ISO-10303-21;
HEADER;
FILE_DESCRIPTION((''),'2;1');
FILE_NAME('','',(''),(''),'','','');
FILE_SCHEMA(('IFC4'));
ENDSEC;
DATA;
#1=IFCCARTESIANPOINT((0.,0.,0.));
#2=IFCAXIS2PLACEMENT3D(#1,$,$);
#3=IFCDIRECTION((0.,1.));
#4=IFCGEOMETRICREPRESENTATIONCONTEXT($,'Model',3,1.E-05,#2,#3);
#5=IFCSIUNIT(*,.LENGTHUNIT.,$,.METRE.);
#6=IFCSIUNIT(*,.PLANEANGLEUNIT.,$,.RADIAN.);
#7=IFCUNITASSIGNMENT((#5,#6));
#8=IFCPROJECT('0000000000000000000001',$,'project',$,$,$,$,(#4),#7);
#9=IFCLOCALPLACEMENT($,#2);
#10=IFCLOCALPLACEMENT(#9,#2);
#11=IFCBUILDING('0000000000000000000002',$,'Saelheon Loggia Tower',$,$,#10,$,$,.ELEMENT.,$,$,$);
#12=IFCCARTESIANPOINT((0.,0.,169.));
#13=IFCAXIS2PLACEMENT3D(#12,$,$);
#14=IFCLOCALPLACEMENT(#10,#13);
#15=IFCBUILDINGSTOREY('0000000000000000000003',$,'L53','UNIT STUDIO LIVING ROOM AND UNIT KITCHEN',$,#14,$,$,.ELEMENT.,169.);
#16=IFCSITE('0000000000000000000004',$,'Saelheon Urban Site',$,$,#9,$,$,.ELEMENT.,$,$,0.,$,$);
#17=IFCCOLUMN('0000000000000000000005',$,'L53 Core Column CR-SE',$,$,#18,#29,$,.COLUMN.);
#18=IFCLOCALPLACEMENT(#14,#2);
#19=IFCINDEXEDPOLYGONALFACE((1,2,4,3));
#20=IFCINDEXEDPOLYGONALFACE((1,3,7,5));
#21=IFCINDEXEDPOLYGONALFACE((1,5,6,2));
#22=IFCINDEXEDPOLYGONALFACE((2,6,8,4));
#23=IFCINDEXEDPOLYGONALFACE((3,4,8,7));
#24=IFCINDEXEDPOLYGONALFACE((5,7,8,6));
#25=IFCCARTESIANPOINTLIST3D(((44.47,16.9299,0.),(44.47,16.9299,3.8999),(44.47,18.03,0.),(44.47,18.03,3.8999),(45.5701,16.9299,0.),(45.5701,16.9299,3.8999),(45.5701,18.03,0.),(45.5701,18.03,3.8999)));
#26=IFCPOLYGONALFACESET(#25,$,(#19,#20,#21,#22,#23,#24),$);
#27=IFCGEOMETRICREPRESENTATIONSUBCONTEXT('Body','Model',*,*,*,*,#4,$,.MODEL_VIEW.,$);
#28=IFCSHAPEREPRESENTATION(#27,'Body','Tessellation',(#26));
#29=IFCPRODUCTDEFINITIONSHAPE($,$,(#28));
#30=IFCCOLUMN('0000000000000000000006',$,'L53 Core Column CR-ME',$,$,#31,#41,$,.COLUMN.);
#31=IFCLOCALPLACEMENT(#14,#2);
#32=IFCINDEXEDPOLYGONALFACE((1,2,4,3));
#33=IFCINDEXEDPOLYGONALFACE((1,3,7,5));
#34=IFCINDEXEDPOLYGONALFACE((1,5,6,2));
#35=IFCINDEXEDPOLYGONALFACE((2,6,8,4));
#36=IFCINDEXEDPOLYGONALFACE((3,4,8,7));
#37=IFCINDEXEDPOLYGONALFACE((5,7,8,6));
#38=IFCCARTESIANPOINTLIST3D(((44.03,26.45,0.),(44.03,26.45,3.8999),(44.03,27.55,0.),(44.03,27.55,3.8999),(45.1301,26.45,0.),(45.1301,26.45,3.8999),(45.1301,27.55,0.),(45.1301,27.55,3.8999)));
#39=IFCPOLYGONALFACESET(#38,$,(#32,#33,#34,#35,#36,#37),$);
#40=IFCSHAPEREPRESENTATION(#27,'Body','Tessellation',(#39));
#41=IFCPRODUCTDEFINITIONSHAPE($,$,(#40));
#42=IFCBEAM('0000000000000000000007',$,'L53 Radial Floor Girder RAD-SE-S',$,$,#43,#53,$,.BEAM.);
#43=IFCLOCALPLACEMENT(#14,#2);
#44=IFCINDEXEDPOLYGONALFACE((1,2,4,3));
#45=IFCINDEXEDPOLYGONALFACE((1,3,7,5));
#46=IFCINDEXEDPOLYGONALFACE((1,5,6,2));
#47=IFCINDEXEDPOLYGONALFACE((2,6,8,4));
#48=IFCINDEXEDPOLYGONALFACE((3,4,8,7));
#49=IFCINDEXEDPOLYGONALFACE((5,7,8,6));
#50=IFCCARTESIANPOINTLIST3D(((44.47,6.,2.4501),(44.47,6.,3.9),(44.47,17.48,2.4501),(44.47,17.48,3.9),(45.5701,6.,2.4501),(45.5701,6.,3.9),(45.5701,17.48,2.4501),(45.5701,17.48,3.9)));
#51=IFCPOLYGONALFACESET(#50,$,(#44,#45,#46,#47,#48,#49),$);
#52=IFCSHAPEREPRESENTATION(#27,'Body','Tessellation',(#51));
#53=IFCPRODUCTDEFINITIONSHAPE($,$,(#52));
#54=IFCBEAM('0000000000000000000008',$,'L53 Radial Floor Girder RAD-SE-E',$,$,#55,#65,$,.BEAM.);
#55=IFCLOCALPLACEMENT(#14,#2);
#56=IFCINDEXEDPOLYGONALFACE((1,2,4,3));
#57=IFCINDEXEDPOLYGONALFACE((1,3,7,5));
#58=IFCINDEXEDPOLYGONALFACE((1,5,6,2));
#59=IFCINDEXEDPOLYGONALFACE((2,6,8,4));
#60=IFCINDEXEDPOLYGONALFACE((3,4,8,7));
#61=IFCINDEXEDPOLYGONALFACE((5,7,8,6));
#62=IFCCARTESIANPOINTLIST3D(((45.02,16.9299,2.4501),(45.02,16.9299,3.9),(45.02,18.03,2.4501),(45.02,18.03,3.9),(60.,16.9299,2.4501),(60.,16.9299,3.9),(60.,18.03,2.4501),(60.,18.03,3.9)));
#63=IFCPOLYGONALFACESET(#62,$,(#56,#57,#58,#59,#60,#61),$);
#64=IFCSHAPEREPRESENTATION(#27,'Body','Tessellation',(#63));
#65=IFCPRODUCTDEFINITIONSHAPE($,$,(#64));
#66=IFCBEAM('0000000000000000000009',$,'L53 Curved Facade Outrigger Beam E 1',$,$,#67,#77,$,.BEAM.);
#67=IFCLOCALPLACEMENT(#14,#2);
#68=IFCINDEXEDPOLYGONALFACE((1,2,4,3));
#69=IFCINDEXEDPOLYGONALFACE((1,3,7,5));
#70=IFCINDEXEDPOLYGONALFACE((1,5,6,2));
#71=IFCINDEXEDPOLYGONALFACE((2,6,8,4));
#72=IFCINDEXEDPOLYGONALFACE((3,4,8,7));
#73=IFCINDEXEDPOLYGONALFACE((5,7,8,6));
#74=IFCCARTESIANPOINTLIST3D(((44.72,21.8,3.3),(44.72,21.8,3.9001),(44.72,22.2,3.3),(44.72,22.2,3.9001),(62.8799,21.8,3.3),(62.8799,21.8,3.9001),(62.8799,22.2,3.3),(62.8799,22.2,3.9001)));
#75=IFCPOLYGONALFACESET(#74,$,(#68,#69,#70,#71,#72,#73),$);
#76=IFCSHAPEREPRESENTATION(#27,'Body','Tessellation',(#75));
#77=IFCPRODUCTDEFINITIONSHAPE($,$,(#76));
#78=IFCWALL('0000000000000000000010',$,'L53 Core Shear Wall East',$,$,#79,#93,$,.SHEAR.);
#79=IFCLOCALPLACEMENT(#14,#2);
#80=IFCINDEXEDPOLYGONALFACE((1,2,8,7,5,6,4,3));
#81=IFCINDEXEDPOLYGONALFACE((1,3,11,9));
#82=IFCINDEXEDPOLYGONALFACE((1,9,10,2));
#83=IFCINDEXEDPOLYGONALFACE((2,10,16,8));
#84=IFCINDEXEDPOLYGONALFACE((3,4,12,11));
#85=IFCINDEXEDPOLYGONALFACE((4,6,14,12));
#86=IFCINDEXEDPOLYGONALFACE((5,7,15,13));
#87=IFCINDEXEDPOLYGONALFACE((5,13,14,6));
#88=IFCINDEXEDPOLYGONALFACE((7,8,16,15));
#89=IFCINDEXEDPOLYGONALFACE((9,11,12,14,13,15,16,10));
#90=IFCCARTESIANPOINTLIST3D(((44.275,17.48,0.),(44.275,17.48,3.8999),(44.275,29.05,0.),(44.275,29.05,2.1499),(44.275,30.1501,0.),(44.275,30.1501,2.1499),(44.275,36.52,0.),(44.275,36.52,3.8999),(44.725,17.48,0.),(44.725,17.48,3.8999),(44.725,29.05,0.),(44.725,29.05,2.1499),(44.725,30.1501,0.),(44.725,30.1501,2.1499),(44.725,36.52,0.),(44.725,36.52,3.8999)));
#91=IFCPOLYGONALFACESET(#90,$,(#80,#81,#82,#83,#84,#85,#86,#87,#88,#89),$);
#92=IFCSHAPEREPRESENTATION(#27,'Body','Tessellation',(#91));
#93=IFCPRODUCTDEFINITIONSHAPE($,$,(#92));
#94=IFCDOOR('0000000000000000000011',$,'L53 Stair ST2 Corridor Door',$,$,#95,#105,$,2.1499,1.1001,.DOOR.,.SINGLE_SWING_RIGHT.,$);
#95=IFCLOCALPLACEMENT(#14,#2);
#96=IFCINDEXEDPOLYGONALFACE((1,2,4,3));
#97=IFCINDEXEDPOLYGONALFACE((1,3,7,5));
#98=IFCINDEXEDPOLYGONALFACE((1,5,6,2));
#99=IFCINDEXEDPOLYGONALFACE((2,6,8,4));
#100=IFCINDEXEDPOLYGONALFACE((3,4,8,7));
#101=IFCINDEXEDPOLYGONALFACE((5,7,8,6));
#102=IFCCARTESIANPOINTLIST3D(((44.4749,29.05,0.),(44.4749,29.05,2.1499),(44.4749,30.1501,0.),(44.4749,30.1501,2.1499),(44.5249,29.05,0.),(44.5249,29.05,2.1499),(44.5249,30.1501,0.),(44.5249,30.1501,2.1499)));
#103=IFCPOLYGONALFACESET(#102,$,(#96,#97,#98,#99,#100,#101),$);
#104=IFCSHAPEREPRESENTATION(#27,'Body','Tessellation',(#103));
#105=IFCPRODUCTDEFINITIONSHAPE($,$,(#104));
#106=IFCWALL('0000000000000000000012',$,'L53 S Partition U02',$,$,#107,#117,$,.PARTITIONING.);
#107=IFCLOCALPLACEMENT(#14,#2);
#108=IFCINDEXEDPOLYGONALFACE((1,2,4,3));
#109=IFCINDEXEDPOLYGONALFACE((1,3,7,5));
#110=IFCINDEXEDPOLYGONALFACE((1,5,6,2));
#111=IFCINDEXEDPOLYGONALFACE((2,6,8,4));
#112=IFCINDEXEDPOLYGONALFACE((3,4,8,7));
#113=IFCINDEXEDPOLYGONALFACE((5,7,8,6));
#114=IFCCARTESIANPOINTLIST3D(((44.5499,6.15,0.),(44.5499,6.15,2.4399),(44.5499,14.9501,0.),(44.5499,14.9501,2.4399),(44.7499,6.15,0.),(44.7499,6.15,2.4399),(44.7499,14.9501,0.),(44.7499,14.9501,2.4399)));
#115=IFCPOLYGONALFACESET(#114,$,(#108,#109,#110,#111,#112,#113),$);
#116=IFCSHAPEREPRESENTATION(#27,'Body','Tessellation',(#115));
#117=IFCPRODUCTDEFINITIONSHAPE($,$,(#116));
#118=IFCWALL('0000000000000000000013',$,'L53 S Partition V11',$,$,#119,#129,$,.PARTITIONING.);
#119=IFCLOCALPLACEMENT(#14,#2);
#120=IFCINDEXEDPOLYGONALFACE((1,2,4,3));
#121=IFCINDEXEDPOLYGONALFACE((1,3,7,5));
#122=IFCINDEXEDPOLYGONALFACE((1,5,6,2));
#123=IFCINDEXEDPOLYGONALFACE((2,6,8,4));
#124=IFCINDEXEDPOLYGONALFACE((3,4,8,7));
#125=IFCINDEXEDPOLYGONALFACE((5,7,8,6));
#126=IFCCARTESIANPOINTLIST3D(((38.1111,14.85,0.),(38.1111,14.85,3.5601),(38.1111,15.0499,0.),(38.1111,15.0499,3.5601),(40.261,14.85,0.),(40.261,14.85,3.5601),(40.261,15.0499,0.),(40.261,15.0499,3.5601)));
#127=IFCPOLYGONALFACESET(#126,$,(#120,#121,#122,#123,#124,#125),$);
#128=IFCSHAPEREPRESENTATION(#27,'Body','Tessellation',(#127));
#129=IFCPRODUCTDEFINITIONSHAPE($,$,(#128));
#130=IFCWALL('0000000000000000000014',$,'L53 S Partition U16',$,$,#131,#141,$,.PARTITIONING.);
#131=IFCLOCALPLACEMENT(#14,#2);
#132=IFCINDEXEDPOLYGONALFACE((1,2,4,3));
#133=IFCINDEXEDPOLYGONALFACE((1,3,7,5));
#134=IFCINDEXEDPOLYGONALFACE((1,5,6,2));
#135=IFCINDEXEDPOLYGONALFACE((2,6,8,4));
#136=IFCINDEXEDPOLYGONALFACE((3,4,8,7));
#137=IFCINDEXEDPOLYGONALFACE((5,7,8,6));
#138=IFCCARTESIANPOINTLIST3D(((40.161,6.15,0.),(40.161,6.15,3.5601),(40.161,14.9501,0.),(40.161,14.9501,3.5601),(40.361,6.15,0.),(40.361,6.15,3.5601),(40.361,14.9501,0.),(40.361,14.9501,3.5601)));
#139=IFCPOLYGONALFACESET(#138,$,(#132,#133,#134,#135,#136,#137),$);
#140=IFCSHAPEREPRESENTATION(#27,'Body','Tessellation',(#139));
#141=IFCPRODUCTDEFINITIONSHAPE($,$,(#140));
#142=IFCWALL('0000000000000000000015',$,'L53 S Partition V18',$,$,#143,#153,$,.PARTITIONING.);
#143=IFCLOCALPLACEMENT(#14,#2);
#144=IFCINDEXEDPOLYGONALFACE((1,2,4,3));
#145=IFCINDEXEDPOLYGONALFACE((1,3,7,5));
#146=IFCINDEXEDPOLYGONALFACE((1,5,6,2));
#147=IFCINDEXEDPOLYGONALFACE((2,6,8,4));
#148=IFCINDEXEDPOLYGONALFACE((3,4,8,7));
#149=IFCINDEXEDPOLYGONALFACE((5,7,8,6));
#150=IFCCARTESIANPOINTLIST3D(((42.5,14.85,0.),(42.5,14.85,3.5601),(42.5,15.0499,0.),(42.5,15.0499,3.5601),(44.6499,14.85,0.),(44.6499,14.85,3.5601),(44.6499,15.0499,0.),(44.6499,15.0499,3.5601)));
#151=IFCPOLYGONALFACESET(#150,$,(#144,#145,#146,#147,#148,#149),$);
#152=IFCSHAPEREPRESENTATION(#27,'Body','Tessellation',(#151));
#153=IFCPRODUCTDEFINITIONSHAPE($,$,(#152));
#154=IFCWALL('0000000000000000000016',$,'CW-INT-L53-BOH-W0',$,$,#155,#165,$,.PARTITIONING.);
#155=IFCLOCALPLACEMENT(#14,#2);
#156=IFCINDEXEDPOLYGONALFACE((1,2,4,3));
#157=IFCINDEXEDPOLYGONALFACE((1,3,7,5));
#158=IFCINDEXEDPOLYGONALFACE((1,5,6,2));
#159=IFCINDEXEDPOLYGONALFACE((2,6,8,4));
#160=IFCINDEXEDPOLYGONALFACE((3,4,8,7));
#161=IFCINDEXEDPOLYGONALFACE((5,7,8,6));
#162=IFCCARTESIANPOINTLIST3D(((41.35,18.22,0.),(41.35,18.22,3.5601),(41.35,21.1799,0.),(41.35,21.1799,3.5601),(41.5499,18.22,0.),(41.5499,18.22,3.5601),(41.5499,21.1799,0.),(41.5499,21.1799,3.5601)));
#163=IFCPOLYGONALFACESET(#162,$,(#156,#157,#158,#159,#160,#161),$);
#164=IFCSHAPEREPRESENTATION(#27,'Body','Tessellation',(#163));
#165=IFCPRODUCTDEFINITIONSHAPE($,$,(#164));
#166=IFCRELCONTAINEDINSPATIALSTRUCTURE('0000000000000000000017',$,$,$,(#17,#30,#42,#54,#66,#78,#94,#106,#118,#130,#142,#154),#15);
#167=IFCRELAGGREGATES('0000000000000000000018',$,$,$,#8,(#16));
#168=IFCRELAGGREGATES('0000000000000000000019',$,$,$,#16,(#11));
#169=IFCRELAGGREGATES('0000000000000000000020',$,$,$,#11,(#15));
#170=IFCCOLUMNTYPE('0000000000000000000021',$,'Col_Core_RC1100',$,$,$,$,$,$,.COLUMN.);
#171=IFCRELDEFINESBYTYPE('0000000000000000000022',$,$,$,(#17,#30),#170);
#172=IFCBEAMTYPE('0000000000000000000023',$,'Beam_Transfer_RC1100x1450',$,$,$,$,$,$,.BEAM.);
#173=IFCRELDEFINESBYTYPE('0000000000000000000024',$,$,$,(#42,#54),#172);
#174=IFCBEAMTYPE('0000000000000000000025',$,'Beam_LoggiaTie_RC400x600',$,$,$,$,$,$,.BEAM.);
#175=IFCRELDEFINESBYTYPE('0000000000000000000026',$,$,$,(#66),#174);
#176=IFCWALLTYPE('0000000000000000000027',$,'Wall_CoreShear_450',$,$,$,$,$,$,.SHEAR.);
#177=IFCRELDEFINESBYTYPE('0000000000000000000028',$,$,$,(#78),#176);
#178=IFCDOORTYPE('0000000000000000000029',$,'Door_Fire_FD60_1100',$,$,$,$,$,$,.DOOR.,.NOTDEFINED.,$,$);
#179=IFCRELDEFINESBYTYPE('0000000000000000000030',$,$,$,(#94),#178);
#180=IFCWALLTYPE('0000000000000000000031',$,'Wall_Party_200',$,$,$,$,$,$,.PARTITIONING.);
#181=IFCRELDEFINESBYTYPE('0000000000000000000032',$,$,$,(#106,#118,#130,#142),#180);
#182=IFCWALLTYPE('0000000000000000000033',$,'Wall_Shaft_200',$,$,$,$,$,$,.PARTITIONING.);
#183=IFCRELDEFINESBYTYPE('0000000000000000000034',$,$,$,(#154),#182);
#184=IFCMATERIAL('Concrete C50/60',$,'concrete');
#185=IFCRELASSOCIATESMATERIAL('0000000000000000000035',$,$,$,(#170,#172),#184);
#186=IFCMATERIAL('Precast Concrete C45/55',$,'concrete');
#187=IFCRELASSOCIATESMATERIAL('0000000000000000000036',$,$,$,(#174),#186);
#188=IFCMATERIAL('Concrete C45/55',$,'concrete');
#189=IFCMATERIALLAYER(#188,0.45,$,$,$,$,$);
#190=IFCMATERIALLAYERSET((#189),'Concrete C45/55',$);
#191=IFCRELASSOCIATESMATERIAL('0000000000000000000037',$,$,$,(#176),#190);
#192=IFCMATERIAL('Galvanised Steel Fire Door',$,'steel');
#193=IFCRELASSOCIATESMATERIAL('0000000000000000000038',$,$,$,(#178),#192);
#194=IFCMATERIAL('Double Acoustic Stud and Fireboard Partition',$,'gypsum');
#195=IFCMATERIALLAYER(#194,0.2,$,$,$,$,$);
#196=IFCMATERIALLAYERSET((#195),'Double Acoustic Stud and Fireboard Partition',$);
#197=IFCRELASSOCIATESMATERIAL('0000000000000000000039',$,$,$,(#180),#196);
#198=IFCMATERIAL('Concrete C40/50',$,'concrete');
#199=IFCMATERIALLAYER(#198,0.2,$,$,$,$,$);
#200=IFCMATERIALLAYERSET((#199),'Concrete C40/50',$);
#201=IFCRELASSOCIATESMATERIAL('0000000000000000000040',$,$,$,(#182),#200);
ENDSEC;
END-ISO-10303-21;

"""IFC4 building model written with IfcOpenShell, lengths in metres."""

from ifc_helpers import new_model, si_unit, direction, frame, frame_2d, origin, origin_2d, place, context, subcontext, project, spatial, rectangle, extrude, source, transform, mapped, material, layer, layer_set, material_profile, profile_set, type_object, element, fill, save


model = new_model("IFC4")

# Units and contexts
model_context = context("Model", 3, precision=1e-05, world=origin(), true_north=direction((0.0, 1.0)))
body_context = subcontext(model_context, "Body", "Model", "MODEL_VIEW")
ifc_project = project(units=[si_unit("LENGTHUNIT", "METRE"), si_unit("PLANEANGLEUNIT", "RADIAN")], contexts=[model_context])

# Site, building, storey
site_placement = place(None, origin())
site = spatial("IfcSite", under=ifc_project, at=site_placement, Name="Saelheon Urban Site", CompositionType="ELEMENT", RefElevation=0.0)
building_placement = place(site_placement, origin())
building = spatial("IfcBuilding", under=site, at=building_placement, Name="Saelheon Loggia Tower", CompositionType="ELEMENT")
storey_placement = place(building_placement, frame((0.0, 0.0, 169.0)))
storey = spatial("IfcBuildingStorey", under=building, at=storey_placement, Name="L53", Description="UNIT STUDIO LIVING ROOM AND UNIT KITCHEN", CompositionType="ELEMENT", Elevation=169.0)

# Columns
ifc_material_1 = material(Name="Concrete C50/60", Category="concrete")
ifc_material_profile_1 = material_profile(ifc_material_1, rectangle(XDim=1.1001, YDim=1.1001, at=origin_2d()), Name="RC-1100x1100")
ifc_profile_set_1 = profile_set([ifc_material_profile_1], Name="Concrete C50/60")
column_type = type_object("IfcColumnType", Name="Col_Core_RC1100", PredefinedType="COLUMN", material=ifc_profile_set_1)
shared_shape_1 = source(origin(), body_context, "Body", "SweptSolid", [
    extrude(rectangle(XDim=1.1001, YDim=1.1001, at=origin_2d()), origin(), (0.0, 0.0, 1.0), 3.8999),
])
for number, where, z_axis, x_axis, name in (
    (1, (45.02, 17.48, 0.0), (0.0, 0.0, 1.0), (1.0, 0.0, 0.0), "L53 Core Column CR-SE"),
    (2, (44.5801, 27.0, 0.0), (0.0, 0.0, 1.0), (1.0, 0.0, 0.0), "L53 Core Column CR-ME"),
):
    element("IfcColumn", number, at=place(storey_placement, frame(where, z_axis=z_axis, x_axis=x_axis)), inside=storey, type_object=column_type, Name=name, PredefinedType="COLUMN", context=body_context, shape_type="MappedRepresentation", body=[
        mapped(shared_shape_1, transform((0.0, 0.0, 0.0), scale=1.0)),
    ])

# Beams
ifc_material_profile_2 = material_profile(ifc_material_1, rectangle(XDim=1.1001, YDim=1.45, at=origin_2d()), Name="RC-1100x1450")
ifc_profile_set_2 = profile_set([ifc_material_profile_2], Name="Concrete C50/60")
beam_type_1 = type_object("IfcBeamType", Name="Beam_Transfer_RC1100x1450", PredefinedType="BEAM", material=ifc_profile_set_2)
shared_shape_2 = source(origin(), body_context, "Body", "SweptSolid", [
    extrude(rectangle(XDim=1.1001, YDim=1.45, at=origin_2d()), origin(), (0.0, 0.0, 1.0), 11.48),
])
beam_1_placement = place(storey_placement, frame((45.02, 17.48, 3.175), z_axis=(0.0, -1.0, 0.0), x_axis=(1.0, 0.0, 0.0)))
element("IfcBeam", 3, at=beam_1_placement, inside=storey, type_object=beam_type_1, Name="L53 Radial Floor Girder RAD-SE-S", PredefinedType="BEAM", context=body_context, shape_type="MappedRepresentation", body=[
    mapped(shared_shape_2, transform((0.0, 0.0, 0.0), scale=1.0)),
])
shared_shape_3 = source(origin(), body_context, "Body", "SweptSolid", [
    extrude(rectangle(XDim=1.1001, YDim=1.45, at=origin_2d()), origin(), (0.0, 0.0, 1.0), 14.98),
])
beam_2_placement = place(storey_placement, frame((45.02, 17.48, 3.175), z_axis=(1.0, 0.0, 0.0), x_axis=(0.0, 1.0, 0.0)))
element("IfcBeam", 4, at=beam_2_placement, inside=storey, type_object=beam_type_1, Name="L53 Radial Floor Girder RAD-SE-E", PredefinedType="BEAM", context=body_context, shape_type="MappedRepresentation", body=[
    mapped(shared_shape_3, transform((0.0, 0.0, 0.0), scale=1.0)),
])
ifc_material_2 = material(Name="Precast Concrete C45/55", Category="concrete")
ifc_material_profile_3 = material_profile(ifc_material_2, rectangle(XDim=0.3999, YDim=0.6001, at=origin_2d()), Name="RC-400x600")
ifc_profile_set_3 = profile_set([ifc_material_profile_3], Name="Precast Concrete C45/55")
beam_type_2 = type_object("IfcBeamType", Name="Beam_LoggiaTie_RC400x600", PredefinedType="BEAM", material=ifc_profile_set_3)
shared_shape_4 = source(origin(), body_context, "Body", "SweptSolid", [
    extrude(rectangle(XDim=0.3999, YDim=0.6001, at=origin_2d()), origin(), (0.0, 0.0, 1.0), 18.1599),
])
beam_3_placement = place(storey_placement, frame((44.72, 22.0, 3.6001), z_axis=(1.0, 0.0, 0.0), x_axis=(0.0, 1.0, 0.0)))
element("IfcBeam", 5, at=beam_3_placement, inside=storey, type_object=beam_type_2, Name="L53 Curved Facade Outrigger Beam E 1", PredefinedType="BEAM", context=body_context, shape_type="MappedRepresentation", body=[
    mapped(shared_shape_4, transform((0.0, 0.0, 0.0), scale=1.0)),
])

# Wall, opening, door
ifc_material_3 = material(Name="Concrete C45/55", Category="concrete")
ifc_layer_1 = layer(ifc_material_3, 0.45)
ifc_layer_set_1 = layer_set([ifc_layer_1], Name="Concrete C45/55")
wall_type_1 = type_object("IfcWallType", Name="Wall_CoreShear_450", PredefinedType="SHEAR", material=ifc_layer_set_1)
wall_1_placement = place(storey_placement, frame((44.5, 17.48, 0.0), z_axis=(0.0, 0.0, 1.0), x_axis=(0.0, 1.0, 0.0)))
wall_1 = element("IfcWall", 6, at=wall_1_placement, inside=storey, type_object=wall_type_1, Name="L53 Core Shear Wall East", PredefinedType="SHEAR", context=body_context, shape_type="SweptSolid", body=[
    extrude(rectangle(XDim=19.04, YDim=0.45, at=frame_2d((9.52, 0.0))), origin(), (0.0, 0.0, 1.0), 3.8999),
])
opening_1_placement = place(wall_1_placement, frame((12.6702, 0.0, 0.0), z_axis=(0.0, 0.0, 1.0), x_axis=(-1.0, 0.0, 0.0)))
opening_1 = element("IfcOpeningElement", 7, at=opening_1_placement, cuts=wall_1, PredefinedType="OPENING", context=body_context, shape_type="SweptSolid", body=[
    extrude(rectangle(XDim=1.1001, YDim=2.1499, at=frame_2d((0.55, 1.075))), frame((0.0, 0.2371, 0.0), z_axis=(0.0, -1.0, 0.0), x_axis=(1.0, 0.0, 0.0)), (0.0, 0.0, 1.0), 0.4739),
])
ifc_material_4 = material(Name="Galvanised Steel Fire Door", Category="steel")
door_type_1 = type_object("IfcDoorType", Name="Door_Fire_FD60_1100", OperationType="NOTDEFINED", PredefinedType="DOOR", material=ifc_material_4)
shared_shape_5 = source(origin(), body_context, "Body", "SweptSolid", [
    extrude(rectangle(XDim=1.1001, YDim=2.1499, at=frame_2d((0.55, 1.075))), frame((0.0, 0.0249, 0.0), z_axis=(0.0, -1.0, 0.0), x_axis=(1.0, 0.0, 0.0)), (0.0, 0.0, 1.0), 0.05),
])
door_1_placement = place(opening_1_placement, origin())
door_1 = element("IfcDoor", 8, at=door_1_placement, inside=storey, type_object=door_type_1, Name="L53 Stair ST2 Corridor Door", OperationType="SINGLE_SWING_RIGHT", OverallHeight=2.1499, OverallWidth=1.1001, PredefinedType="DOOR", context=body_context, shape_type="MappedRepresentation", body=[
    mapped(shared_shape_5, transform((0.0, 0.0, 0.0), scale=1.0)),
])
fill(opening_1, door_1)

# Walls
ifc_material_5 = material(Name="Double Acoustic Stud and Fireboard Partition", Category="gypsum")
ifc_layer_2 = layer(ifc_material_5, 0.2)
ifc_layer_set_2 = layer_set([ifc_layer_2], Name="Double Acoustic Stud and Fireboard Partition")
wall_type_2 = type_object("IfcWallType", Name="Wall_Party_200", PredefinedType="PARTITIONING", material=ifc_layer_set_2)
wall_2_placement = place(storey_placement, frame((44.6499, 14.95, 0.0), z_axis=(0.0, 0.0, 1.0), x_axis=(0.0, -1.0, 0.0)))
element("IfcWall", 9, at=wall_2_placement, inside=storey, type_object=wall_type_2, Name="L53 S Partition U02", PredefinedType="PARTITIONING", context=body_context, shape_type="SweptSolid", body=[
    extrude(rectangle(XDim=8.8, YDim=0.2, at=frame_2d((4.3999, 0.0))), origin(), (0.0, 0.0, 1.0), 2.4399),
])
wall_3_placement = place(storey_placement, frame((38.1111, 14.95, 0.0), z_axis=(0.0, 0.0, 1.0), x_axis=(1.0, 0.0, 0.0)))
element("IfcWall", 10, at=wall_3_placement, inside=storey, type_object=wall_type_2, Name="L53 S Partition V11", PredefinedType="PARTITIONING", context=body_context, shape_type="SweptSolid", body=[
    extrude(rectangle(XDim=2.1499, YDim=0.2, at=frame_2d((1.075, 0.0))), origin(), (0.0, 0.0, 1.0), 3.5601),
])
wall_4_placement = place(storey_placement, frame((40.261, 14.95, 0.0), z_axis=(0.0, 0.0, 1.0), x_axis=(0.0, -1.0, 0.0)))
element("IfcWall", 11, at=wall_4_placement, inside=storey, type_object=wall_type_2, Name="L53 S Partition U16", PredefinedType="PARTITIONING", context=body_context, shape_type="SweptSolid", body=[
    extrude(rectangle(XDim=8.8, YDim=0.2, at=frame_2d((4.3999, 0.0))), origin(), (0.0, 0.0, 1.0), 3.5601),
])

# Walls
wall_5_placement = place(storey_placement, frame((42.5, 14.95, 0.0), z_axis=(0.0, 0.0, 1.0), x_axis=(1.0, 0.0, 0.0)))
element("IfcWall", 12, at=wall_5_placement, inside=storey, type_object=wall_type_2, Name="L53 S Partition V18", PredefinedType="PARTITIONING", context=body_context, shape_type="SweptSolid", body=[
    extrude(rectangle(XDim=2.1499, YDim=0.2, at=frame_2d((1.075, 0.0))), origin(), (0.0, 0.0, 1.0), 3.5601),
])
ifc_material_6 = material(Name="Concrete C40/50", Category="concrete")
ifc_layer_3 = layer(ifc_material_6, 0.2)
ifc_layer_set_3 = layer_set([ifc_layer_3], Name="Concrete C40/50")
wall_type_3 = type_object("IfcWallType", Name="Wall_Shaft_200", PredefinedType="PARTITIONING", material=ifc_layer_set_3)
wall_6_placement = place(storey_placement, frame((41.45, 18.22, 0.0), z_axis=(0.0, 0.0, 1.0), x_axis=(0.0, 1.0, 0.0)))
element("IfcWall", 13, at=wall_6_placement, inside=storey, type_object=wall_type_3, Name="CW-INT-L53-BOH-W0", PredefinedType="PARTITIONING", context=body_context, shape_type="SweptSolid", body=[
    extrude(rectangle(XDim=2.96, YDim=0.2, at=frame_2d((1.48, 0.0))), origin(), (0.0, 0.0, 1.0), 3.5601),
])

save(model, "model.ifc")
